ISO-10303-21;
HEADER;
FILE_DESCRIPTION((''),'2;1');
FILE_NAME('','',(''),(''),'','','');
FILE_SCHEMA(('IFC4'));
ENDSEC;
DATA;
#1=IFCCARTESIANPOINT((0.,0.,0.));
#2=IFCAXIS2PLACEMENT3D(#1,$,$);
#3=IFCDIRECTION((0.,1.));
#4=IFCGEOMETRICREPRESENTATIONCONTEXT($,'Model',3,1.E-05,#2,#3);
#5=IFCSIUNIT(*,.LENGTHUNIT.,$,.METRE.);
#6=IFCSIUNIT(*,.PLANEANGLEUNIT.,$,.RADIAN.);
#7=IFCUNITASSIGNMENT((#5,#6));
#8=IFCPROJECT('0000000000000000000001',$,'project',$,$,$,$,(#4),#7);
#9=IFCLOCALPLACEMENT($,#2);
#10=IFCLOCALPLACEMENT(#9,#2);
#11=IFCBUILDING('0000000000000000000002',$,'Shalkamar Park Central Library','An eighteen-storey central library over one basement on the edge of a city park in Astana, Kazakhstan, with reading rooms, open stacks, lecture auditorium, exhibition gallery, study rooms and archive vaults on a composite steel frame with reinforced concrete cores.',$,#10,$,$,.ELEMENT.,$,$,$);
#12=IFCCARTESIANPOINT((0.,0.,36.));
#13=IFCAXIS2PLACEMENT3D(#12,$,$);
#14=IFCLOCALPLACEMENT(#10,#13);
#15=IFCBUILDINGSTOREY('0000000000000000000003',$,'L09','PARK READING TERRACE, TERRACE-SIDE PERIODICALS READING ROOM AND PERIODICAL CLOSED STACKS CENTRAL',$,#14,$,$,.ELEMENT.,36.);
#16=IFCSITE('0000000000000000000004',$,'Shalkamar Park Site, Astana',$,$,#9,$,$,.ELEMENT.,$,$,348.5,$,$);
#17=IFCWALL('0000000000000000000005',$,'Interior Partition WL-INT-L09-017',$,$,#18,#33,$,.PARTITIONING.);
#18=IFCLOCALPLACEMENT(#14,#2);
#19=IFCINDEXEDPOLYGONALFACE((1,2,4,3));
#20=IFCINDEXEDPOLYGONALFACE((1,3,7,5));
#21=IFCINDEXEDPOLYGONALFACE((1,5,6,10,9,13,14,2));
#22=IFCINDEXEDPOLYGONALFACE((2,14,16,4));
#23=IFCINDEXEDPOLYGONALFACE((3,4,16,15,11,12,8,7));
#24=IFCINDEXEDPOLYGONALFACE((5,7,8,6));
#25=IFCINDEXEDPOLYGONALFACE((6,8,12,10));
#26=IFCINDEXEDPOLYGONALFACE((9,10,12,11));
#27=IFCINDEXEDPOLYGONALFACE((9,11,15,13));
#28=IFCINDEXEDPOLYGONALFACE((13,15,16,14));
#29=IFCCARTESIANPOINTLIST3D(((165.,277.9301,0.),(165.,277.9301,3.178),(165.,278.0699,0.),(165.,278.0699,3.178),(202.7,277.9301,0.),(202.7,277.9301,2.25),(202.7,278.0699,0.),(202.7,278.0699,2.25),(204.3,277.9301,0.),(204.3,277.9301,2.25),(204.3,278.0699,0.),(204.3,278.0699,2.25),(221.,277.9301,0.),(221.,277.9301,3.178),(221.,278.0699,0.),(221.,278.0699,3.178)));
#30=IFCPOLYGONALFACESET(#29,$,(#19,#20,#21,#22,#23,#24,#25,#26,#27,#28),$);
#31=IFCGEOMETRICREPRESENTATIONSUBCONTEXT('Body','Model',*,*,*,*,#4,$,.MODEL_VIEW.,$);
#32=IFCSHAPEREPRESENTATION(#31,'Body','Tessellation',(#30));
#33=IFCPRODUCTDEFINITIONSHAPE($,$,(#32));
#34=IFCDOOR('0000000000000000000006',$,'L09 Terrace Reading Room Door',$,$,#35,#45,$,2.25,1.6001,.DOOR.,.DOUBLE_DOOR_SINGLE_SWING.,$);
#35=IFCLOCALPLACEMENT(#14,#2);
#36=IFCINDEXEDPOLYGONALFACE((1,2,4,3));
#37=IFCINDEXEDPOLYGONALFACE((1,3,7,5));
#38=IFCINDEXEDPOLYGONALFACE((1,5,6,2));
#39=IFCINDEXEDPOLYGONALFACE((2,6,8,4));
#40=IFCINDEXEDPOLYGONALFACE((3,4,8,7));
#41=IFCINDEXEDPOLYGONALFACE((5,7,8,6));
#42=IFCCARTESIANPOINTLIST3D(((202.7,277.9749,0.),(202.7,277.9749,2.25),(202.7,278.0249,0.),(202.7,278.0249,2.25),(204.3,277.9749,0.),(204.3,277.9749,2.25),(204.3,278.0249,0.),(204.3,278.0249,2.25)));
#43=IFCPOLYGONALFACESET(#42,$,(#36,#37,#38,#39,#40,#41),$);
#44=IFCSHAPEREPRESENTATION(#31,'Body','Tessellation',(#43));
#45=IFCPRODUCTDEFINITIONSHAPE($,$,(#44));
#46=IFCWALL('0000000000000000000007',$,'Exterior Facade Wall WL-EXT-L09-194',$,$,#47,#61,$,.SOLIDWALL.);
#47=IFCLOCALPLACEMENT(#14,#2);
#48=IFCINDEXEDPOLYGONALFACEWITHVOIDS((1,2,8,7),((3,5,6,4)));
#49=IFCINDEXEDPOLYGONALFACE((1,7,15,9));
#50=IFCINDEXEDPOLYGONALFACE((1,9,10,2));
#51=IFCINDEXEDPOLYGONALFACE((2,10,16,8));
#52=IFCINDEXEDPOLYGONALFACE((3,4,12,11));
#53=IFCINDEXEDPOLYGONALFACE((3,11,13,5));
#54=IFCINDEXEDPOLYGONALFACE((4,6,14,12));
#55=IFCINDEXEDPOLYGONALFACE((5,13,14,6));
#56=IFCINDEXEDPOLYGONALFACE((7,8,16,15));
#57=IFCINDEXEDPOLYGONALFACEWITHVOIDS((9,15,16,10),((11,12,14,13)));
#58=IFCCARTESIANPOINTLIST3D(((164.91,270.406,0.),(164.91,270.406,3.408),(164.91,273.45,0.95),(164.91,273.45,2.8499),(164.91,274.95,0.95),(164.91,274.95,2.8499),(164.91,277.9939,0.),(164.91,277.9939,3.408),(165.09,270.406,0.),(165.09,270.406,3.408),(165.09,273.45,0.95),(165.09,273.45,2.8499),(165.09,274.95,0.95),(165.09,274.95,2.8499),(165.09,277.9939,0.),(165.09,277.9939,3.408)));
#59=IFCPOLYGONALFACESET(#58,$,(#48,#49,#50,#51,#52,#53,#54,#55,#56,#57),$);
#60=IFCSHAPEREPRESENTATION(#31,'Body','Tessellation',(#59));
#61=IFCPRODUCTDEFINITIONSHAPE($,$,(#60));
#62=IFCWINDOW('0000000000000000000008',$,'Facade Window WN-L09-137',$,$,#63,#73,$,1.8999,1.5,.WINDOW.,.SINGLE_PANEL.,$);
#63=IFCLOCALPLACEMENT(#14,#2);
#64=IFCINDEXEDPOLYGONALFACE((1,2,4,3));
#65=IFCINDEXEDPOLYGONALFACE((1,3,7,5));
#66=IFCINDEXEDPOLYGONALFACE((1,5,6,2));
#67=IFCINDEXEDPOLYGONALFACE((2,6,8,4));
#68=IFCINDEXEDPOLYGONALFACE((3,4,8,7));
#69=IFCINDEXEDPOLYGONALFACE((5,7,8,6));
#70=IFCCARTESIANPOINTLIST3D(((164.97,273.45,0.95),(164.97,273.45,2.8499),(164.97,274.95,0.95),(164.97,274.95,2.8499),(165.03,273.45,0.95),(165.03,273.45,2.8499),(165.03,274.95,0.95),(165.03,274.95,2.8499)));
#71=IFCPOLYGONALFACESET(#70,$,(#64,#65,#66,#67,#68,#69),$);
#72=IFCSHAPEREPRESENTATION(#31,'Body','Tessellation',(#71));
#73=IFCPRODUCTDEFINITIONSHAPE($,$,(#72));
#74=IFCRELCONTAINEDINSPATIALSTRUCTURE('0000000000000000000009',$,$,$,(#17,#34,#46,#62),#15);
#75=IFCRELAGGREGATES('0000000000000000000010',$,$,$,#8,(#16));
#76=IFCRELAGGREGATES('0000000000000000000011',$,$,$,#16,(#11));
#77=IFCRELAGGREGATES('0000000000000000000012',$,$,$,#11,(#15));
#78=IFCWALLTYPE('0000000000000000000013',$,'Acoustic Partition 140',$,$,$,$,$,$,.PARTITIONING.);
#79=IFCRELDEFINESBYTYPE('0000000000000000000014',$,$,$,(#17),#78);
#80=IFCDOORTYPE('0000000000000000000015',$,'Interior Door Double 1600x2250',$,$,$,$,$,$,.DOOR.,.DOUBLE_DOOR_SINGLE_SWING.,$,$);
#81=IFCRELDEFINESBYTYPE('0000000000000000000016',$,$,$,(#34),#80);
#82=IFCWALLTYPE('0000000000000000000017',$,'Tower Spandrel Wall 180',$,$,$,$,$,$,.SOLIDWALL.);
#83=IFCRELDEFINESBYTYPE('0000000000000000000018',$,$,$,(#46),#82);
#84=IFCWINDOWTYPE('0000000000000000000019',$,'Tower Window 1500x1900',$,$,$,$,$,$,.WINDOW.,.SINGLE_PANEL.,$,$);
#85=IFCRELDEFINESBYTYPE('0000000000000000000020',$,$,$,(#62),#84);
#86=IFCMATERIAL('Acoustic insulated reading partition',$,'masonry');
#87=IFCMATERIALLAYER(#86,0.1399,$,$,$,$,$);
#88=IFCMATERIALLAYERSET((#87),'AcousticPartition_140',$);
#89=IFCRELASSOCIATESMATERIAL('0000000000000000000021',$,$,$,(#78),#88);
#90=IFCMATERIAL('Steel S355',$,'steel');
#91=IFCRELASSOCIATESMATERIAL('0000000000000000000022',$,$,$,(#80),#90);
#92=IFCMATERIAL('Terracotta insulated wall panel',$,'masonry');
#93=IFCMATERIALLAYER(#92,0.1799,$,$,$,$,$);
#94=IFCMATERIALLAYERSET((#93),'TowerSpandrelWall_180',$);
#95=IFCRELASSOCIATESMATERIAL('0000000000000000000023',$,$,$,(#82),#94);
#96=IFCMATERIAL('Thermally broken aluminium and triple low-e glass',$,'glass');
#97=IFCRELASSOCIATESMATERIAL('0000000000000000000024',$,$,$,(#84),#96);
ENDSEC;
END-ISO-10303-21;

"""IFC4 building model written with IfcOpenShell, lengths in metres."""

from ifc_helpers import new_model, si_unit, direction, frame, frame_2d, origin, place, context, subcontext, project, spatial, rectangle, extrude, material, layer, layer_set, type_object, element, fill, save


model = new_model("IFC4")

# Units and contexts
model_context = context("Model", 3, precision=1e-05, world=origin(), true_north=direction((0.0, 1.0)))
body_context = subcontext(model_context, "Body", "Model", "MODEL_VIEW")
ifc_project = project(units=[si_unit("LENGTHUNIT", "METRE"), si_unit("PLANEANGLEUNIT", "RADIAN")], contexts=[model_context])

# Site, building, storey
site_placement = place(None, origin())
site = spatial("IfcSite", under=ifc_project, at=site_placement, Name="Shalkamar Park Site, Astana", CompositionType="ELEMENT", RefElevation=348.5)
building_placement = place(site_placement, origin())
building = spatial("IfcBuilding", under=site, at=building_placement, Name="Shalkamar Park Central Library", Description="An eighteen-storey central library over one basement on the edge of a city park in Astana, Kazakhstan, with reading rooms, open stacks, lecture auditorium, exhibition gallery, study rooms and archive vaults on a composite steel frame with reinforced concrete cores.", CompositionType="ELEMENT")
storey_placement = place(building_placement, frame((0.0, 0.0, 36.0)))
storey = spatial("IfcBuildingStorey", under=building, at=storey_placement, Name="L09", Description="PARK READING TERRACE, TERRACE-SIDE PERIODICALS READING ROOM AND PERIODICAL CLOSED STACKS CENTRAL", CompositionType="ELEMENT", Elevation=36.0)

# Shared definitions
ifc_material_1 = material(Name="Steel S355", Category="steel")

# Wall, opening, door
ifc_material_2 = material(Name="Acoustic insulated reading partition", Category="masonry")
ifc_layer_1 = layer(ifc_material_2, 0.1399)
ifc_layer_set_1 = layer_set([ifc_layer_1], Name="AcousticPartition_140")
wall_type_1 = type_object("IfcWallType", Name="Acoustic Partition 140", PredefinedType="PARTITIONING", material=ifc_layer_set_1)
wall_1_placement = place(storey_placement, frame((165.0, 278.0, 0.0), z_axis=(0.0, 0.0, 1.0), x_axis=(1.0, 0.0, 0.0)))
wall_1 = element("IfcWall", 1, at=wall_1_placement, inside=storey, type_object=wall_type_1, Name="Interior Partition WL-INT-L09-017", PredefinedType="PARTITIONING", context=body_context, shape_type="SweptSolid", body=[
    extrude(rectangle(XDim=56.0, YDim=0.1399, at=frame_2d((28.0, 0.0))), origin(), (0.0, 0.0, 1.0), 3.178),
])
opening_1_placement = place(wall_1_placement, frame((37.7, 0.0, 0.0)))
opening_1 = element("IfcOpeningElement", 2, at=opening_1_placement, cuts=wall_1, PredefinedType="OPENING", context=body_context, shape_type="SweptSolid", body=[
    extrude(rectangle(XDim=1.6001, YDim=2.25, at=frame_2d((0.8, 1.125))), frame((0.0, 0.085, 0.0), z_axis=(0.0, -1.0, 0.0), x_axis=(1.0, 0.0, 0.0)), (0.0, 0.0, 1.0), 0.1697),
])
door_type = type_object("IfcDoorType", Name="Interior Door Double 1600x2250", OperationType="DOUBLE_DOOR_SINGLE_SWING", PredefinedType="DOOR", material=ifc_material_1)
door_placement = place(opening_1_placement, origin())
door = element("IfcDoor", 3, at=door_placement, inside=storey, type_object=door_type, Name="L09 Terrace Reading Room Door", OperationType="DOUBLE_DOOR_SINGLE_SWING", OverallHeight=2.25, OverallWidth=1.6001, PredefinedType="DOOR", context=body_context, shape_type="SweptSolid", body=[
    extrude(rectangle(XDim=1.6001, YDim=2.25, at=frame_2d((0.8, 1.125))), frame((0.0, 0.0249, 0.0), z_axis=(0.0, -1.0, 0.0), x_axis=(1.0, 0.0, 0.0)), (0.0, 0.0, 1.0), 0.05),
])
fill(opening_1, door)

# Wall, opening, window
ifc_material_3 = material(Name="Terracotta insulated wall panel", Category="masonry")
ifc_layer_2 = layer(ifc_material_3, 0.1799)
ifc_layer_set_2 = layer_set([ifc_layer_2], Name="TowerSpandrelWall_180")
wall_type_2 = type_object("IfcWallType", Name="Tower Spandrel Wall 180", PredefinedType="SOLIDWALL", material=ifc_layer_set_2)
wall_2_placement = place(storey_placement, frame((165.0, 270.406, 0.0), z_axis=(0.0, 0.0, 1.0), x_axis=(0.0, 1.0, 0.0)))
wall_2 = element("IfcWall", 4, at=wall_2_placement, inside=storey, type_object=wall_type_2, Name="Exterior Facade Wall WL-EXT-L09-194", PredefinedType="SOLIDWALL", context=body_context, shape_type="SweptSolid", body=[
    extrude(rectangle(XDim=7.5879, YDim=0.1799, at=frame_2d((3.7939, 0.0))), origin(), (0.0, 0.0, 1.0), 3.408),
])
opening_2_placement = place(wall_2_placement, frame((3.0439, 0.0, 0.95)))
opening_2 = element("IfcOpeningElement", 5, at=opening_2_placement, cuts=wall_2, PredefinedType="OPENING", context=body_context, shape_type="SweptSolid", body=[
    extrude(rectangle(XDim=1.5, YDim=1.8999, at=frame_2d((0.75, 0.95))), frame((0.0, 0.105, 0.0), z_axis=(0.0, -1.0, 0.0), x_axis=(1.0, 0.0, 0.0)), (0.0, 0.0, 1.0), 0.2097),
])
ifc_material_4 = material(Name="Thermally broken aluminium and triple low-e glass", Category="glass")
window_type = type_object("IfcWindowType", Name="Tower Window 1500x1900", PartitioningType="SINGLE_PANEL", PredefinedType="WINDOW", material=ifc_material_4)
window_placement = place(opening_2_placement, origin())
window = element("IfcWindow", 6, at=window_placement, inside=storey, type_object=window_type, Name="Facade Window WN-L09-137", OverallHeight=1.8999, OverallWidth=1.5, PartitioningType="SINGLE_PANEL", PredefinedType="WINDOW", context=body_context, shape_type="SweptSolid", body=[
    extrude(rectangle(XDim=1.5, YDim=1.8999, at=frame_2d((0.75, 0.95))), frame((0.0, 0.03, 0.0), z_axis=(0.0, -1.0, 0.0), x_axis=(1.0, 0.0, 0.0)), (0.0, 0.0, 1.0), 0.0601),
])
fill(opening_2, window)

save(model, "model.ifc")
